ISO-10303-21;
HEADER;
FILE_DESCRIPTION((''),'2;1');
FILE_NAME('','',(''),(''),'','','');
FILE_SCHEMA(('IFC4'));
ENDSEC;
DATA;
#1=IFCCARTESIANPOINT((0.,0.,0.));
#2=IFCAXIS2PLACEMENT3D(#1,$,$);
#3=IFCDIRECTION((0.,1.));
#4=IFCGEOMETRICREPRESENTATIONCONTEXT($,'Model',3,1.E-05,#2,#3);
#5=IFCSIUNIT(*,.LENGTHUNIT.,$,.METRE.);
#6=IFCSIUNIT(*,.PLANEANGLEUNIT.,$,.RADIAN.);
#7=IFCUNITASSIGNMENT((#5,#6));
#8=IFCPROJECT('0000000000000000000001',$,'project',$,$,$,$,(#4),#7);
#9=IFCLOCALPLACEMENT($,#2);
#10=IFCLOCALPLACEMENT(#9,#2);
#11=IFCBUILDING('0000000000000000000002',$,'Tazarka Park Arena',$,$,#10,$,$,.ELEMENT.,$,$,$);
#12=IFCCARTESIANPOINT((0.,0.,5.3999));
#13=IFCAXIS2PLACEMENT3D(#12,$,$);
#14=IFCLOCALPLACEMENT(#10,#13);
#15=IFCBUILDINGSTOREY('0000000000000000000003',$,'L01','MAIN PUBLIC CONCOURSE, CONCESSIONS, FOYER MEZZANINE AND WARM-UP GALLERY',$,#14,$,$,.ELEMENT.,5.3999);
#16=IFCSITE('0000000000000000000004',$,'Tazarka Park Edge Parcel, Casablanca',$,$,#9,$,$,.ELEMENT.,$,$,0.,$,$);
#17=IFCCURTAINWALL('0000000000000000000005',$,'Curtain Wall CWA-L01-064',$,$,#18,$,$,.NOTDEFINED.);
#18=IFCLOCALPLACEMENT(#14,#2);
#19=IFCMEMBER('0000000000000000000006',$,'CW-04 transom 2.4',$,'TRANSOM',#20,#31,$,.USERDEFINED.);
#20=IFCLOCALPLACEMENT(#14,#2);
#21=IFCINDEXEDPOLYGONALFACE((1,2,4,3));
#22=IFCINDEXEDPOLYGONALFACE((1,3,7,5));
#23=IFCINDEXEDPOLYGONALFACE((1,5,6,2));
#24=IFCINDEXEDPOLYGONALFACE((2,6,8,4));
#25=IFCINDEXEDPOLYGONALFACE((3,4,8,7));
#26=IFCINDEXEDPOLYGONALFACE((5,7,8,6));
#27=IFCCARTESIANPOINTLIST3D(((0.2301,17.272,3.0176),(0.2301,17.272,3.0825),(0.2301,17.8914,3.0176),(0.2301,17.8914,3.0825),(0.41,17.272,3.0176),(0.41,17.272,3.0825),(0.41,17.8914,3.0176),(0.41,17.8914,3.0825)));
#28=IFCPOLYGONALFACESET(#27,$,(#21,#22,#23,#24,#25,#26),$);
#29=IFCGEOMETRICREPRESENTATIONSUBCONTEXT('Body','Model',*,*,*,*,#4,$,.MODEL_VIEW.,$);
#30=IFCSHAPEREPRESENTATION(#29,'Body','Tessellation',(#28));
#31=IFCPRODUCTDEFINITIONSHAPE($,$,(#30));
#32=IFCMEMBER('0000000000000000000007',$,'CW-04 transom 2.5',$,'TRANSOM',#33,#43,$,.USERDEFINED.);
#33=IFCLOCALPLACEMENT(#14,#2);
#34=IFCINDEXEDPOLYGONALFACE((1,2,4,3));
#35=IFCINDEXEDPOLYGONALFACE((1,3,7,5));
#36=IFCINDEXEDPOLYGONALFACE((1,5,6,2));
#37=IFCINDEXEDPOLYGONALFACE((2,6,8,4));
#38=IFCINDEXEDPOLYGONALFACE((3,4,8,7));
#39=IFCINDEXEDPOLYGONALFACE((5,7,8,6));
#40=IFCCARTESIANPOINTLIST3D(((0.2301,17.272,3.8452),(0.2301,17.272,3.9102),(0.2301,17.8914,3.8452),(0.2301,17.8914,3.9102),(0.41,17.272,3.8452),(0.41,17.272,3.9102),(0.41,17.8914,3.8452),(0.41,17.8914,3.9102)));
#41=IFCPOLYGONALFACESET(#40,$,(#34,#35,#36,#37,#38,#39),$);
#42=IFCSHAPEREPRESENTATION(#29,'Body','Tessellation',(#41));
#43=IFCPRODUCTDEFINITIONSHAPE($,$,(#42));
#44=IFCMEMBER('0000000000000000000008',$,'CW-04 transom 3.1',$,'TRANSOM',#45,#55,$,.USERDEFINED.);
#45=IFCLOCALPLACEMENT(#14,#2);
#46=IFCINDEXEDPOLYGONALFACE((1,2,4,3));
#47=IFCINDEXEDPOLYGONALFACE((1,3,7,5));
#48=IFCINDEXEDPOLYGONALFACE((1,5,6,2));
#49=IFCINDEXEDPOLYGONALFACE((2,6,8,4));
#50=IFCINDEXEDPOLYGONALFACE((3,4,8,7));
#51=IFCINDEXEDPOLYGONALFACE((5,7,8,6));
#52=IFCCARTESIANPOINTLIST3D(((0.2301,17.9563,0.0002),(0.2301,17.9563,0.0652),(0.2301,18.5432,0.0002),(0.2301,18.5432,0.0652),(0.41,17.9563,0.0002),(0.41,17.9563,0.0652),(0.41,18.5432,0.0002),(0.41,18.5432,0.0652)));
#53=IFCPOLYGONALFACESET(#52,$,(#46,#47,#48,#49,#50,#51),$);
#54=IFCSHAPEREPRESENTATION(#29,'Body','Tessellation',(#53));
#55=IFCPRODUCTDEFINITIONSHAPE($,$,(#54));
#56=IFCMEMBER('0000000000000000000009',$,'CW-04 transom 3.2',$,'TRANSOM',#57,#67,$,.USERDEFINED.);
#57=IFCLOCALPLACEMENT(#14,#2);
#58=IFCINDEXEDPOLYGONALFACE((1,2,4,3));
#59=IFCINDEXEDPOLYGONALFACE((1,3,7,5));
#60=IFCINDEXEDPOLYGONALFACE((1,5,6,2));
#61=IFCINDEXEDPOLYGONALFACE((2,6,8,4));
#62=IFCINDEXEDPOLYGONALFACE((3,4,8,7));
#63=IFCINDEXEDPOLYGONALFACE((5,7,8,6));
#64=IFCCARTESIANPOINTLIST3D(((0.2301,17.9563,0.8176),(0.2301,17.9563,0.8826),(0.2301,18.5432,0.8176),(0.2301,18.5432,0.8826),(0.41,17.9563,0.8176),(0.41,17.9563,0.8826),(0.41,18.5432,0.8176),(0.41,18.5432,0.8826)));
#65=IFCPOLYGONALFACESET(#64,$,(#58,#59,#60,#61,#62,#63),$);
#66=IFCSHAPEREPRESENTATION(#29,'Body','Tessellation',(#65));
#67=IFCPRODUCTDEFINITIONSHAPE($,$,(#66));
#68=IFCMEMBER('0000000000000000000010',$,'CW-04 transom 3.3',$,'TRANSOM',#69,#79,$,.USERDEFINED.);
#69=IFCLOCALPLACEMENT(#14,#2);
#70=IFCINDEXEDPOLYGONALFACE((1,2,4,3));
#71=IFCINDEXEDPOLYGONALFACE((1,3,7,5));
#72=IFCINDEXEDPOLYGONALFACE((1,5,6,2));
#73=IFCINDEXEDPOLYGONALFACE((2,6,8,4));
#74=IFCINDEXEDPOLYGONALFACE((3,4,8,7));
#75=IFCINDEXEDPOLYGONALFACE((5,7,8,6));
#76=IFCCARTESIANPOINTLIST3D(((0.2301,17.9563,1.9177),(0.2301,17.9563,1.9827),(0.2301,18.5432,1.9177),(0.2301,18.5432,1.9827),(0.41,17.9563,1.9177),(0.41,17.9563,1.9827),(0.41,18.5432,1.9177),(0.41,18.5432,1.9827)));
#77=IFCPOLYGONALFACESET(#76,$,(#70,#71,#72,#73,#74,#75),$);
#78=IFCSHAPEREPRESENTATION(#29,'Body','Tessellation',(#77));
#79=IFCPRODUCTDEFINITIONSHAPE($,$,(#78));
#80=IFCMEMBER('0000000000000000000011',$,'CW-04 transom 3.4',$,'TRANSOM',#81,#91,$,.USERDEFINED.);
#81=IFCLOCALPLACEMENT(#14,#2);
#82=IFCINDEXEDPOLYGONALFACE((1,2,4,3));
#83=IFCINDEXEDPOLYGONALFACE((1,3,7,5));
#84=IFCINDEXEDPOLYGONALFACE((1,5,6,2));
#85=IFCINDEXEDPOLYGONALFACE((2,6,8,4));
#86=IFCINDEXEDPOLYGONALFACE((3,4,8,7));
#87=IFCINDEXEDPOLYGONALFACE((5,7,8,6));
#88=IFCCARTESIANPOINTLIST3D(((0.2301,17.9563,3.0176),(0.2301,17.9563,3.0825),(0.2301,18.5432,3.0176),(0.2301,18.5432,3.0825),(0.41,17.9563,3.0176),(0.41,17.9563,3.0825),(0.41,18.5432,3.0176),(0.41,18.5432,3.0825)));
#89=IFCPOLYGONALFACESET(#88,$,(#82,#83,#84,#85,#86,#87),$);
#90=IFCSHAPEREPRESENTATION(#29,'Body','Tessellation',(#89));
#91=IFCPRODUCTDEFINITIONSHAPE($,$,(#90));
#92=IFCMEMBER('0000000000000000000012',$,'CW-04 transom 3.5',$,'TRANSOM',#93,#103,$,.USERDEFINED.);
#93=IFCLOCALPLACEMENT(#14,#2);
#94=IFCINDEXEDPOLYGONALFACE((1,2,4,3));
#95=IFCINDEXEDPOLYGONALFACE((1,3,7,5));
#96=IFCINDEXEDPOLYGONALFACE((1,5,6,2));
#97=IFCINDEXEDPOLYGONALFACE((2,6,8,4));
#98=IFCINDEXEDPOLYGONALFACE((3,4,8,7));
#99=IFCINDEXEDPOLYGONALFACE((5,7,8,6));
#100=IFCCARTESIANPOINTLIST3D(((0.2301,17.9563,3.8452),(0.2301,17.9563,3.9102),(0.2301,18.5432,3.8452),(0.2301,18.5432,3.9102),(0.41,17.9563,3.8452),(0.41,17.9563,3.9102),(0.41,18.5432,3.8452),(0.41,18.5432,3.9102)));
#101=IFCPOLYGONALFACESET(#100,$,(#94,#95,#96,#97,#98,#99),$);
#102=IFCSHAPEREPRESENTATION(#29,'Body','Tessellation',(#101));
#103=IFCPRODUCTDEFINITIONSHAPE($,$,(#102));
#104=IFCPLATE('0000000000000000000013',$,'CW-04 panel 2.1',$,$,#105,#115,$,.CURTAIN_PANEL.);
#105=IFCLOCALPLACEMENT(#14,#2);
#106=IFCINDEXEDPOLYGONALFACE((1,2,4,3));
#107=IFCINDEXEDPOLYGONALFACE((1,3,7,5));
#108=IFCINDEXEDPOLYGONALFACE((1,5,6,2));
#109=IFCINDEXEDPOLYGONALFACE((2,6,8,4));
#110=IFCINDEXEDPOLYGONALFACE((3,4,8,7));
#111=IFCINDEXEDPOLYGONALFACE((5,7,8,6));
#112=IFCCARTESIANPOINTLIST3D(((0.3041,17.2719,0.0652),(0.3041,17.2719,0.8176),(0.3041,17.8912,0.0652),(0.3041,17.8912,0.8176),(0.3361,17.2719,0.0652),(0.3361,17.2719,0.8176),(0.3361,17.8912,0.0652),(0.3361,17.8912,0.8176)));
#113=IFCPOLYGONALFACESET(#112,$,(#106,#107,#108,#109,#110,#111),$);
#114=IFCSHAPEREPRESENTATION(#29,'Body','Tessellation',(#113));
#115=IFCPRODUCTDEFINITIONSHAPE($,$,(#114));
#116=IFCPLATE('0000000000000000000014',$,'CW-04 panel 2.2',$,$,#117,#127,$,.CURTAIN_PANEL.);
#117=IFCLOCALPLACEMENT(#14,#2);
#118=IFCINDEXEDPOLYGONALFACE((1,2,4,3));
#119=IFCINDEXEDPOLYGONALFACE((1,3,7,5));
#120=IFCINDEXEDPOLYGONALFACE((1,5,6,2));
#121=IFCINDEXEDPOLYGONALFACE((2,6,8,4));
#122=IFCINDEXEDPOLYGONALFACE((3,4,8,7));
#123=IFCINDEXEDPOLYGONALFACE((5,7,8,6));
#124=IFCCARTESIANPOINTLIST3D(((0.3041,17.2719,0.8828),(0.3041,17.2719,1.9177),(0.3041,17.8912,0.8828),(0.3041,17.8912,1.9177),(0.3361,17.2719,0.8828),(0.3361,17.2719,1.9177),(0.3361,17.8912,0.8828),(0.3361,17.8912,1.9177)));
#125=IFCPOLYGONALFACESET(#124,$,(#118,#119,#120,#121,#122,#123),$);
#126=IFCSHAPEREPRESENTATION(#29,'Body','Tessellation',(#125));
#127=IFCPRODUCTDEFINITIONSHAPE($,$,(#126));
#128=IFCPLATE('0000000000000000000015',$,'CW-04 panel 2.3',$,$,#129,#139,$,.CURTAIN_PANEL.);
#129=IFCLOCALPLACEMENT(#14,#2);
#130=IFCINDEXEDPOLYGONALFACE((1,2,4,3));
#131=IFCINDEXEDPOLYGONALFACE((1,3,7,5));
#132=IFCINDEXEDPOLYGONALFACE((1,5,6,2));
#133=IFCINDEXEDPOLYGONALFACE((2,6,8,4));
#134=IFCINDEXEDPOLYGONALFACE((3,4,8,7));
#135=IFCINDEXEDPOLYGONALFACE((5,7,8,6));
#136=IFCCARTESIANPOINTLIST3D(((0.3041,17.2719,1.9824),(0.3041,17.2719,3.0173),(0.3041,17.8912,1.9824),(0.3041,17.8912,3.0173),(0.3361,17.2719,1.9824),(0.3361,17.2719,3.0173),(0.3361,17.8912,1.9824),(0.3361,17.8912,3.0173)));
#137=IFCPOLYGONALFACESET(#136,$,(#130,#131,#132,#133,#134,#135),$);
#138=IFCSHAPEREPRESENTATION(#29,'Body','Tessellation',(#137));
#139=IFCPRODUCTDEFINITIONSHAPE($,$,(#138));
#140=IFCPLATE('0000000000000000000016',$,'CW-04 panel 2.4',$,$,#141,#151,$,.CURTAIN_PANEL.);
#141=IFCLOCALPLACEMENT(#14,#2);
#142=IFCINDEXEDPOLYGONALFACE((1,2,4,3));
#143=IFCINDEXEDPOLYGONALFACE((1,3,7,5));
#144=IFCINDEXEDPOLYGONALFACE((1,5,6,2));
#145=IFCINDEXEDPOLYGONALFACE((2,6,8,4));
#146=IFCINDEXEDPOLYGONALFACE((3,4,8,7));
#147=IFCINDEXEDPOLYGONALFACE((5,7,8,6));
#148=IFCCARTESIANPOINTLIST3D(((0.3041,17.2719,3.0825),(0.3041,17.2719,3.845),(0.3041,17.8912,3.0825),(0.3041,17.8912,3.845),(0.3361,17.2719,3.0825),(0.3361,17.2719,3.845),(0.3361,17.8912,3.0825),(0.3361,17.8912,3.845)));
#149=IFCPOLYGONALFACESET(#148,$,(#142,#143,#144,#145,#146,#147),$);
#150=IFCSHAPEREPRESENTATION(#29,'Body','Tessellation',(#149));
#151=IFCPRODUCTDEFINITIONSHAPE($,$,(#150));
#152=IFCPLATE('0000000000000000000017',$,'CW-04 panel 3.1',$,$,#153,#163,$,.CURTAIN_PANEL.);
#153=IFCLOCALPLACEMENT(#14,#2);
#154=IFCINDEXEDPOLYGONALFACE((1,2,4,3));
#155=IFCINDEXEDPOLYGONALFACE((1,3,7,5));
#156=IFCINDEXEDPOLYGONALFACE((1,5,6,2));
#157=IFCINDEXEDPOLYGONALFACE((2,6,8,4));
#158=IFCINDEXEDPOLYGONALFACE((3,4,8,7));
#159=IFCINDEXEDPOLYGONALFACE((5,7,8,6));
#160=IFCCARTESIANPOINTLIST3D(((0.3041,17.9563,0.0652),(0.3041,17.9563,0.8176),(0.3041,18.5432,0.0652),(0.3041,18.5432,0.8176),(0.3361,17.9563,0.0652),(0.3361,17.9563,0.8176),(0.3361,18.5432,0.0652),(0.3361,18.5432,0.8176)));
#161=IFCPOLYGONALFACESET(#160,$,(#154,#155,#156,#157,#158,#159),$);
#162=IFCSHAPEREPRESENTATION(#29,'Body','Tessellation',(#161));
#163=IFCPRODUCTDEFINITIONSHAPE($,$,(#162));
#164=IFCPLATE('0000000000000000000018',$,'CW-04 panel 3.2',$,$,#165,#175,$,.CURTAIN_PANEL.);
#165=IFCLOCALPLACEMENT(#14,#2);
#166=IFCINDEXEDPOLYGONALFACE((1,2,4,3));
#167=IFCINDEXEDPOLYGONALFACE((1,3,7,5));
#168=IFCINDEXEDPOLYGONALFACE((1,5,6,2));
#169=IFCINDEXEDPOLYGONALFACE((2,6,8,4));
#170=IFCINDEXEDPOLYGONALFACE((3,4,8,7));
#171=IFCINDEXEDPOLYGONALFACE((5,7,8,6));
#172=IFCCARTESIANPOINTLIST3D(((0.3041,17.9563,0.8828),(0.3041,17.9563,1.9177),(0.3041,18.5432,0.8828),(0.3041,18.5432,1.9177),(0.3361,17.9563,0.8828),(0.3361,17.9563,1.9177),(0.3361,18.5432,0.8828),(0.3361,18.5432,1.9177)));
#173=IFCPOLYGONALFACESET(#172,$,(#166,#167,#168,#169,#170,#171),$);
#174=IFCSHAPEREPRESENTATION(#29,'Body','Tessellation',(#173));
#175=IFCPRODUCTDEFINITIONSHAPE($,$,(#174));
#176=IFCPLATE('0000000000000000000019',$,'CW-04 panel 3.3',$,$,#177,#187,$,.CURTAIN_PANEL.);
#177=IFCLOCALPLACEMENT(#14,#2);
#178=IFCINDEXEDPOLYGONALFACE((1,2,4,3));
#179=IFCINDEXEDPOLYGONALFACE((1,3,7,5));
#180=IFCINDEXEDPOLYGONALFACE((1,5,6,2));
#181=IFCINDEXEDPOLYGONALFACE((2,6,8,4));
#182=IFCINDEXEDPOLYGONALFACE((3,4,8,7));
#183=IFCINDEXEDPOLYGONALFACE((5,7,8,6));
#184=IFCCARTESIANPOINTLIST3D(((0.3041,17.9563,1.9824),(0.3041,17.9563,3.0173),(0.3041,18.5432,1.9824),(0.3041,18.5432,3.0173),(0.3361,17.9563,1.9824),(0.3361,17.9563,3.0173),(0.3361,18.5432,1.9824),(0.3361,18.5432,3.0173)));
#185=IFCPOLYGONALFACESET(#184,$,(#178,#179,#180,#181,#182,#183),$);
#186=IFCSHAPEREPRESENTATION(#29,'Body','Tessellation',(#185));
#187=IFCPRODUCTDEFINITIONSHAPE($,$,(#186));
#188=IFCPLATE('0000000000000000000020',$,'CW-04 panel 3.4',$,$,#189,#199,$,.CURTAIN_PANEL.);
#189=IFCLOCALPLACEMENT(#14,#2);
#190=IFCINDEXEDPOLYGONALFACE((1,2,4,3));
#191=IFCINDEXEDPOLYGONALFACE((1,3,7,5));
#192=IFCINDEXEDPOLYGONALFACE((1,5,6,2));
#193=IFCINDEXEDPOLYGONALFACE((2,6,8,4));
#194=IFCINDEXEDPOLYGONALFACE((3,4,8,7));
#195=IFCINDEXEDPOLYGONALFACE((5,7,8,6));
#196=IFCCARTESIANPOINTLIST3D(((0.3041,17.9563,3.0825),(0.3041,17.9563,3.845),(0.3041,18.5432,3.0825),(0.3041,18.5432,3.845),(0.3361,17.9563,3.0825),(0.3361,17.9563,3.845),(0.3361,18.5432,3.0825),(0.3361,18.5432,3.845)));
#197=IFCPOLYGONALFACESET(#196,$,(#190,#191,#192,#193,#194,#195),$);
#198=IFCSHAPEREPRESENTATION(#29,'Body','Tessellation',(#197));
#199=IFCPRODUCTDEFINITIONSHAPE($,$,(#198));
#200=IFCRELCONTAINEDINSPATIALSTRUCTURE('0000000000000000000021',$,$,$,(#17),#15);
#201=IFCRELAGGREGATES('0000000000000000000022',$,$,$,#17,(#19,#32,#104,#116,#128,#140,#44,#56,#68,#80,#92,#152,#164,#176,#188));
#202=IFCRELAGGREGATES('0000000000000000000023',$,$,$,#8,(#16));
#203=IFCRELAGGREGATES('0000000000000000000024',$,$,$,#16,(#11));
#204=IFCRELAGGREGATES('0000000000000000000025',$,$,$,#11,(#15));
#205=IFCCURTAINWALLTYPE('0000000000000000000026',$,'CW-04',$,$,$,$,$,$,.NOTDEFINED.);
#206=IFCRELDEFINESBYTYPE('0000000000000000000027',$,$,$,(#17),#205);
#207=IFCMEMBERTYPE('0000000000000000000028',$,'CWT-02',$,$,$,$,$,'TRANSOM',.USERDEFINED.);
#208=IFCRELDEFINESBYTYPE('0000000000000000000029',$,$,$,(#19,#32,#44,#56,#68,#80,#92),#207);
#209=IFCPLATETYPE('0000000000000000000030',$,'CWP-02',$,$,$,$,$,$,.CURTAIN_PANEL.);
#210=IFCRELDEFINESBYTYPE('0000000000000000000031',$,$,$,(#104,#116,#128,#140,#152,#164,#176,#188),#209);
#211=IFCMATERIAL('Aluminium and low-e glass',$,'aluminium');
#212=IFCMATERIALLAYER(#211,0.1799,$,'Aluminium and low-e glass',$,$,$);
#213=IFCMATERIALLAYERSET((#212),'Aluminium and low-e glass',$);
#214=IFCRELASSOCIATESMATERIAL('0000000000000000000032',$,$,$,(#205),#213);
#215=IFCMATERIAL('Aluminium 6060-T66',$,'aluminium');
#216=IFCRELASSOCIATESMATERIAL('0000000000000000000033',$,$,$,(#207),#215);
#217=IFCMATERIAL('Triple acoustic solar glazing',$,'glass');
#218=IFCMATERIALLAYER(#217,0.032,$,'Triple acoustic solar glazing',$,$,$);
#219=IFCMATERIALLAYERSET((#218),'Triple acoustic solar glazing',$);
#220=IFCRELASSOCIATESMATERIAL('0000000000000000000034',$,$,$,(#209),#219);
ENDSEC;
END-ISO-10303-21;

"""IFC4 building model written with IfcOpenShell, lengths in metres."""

from ifc_helpers import new_model, si_unit, direction, frame, origin, origin_2d, place, context, subcontext, project, spatial, rectangle, extrude, material, layer, layer_set, material_profile, profile_set, type_object, element, aggregate, save


model = new_model("IFC4")

# Units and contexts
model_context = context("Model", 3, precision=1e-05, world=origin(), true_north=direction((0.0, 1.0)))
body_context = subcontext(model_context, "Body", "Model", "MODEL_VIEW")
ifc_project = project(units=[si_unit("LENGTHUNIT", "METRE"), si_unit("PLANEANGLEUNIT", "RADIAN")], contexts=[model_context])

# Site, building, storey
site_placement = place(None, origin())
site = spatial("IfcSite", under=ifc_project, at=site_placement, Name="Tazarka Park Edge Parcel, Casablanca", CompositionType="ELEMENT", RefElevation=0.0)
building_placement = place(site_placement, origin())
building = spatial("IfcBuilding", under=site, at=building_placement, Name="Tazarka Park Arena", CompositionType="ELEMENT")
storey_placement = place(building_placement, frame((0.0, 0.0, 5.3999)))
storey = spatial("IfcBuildingStorey", under=building, at=storey_placement, Name="L01", Description="MAIN PUBLIC CONCOURSE, CONCESSIONS, FOYER MEZZANINE AND WARM-UP GALLERY", CompositionType="ELEMENT", Elevation=5.3999)

# Curtain wall, members, plates
ifc_material_1 = material(Name="Aluminium and low-e glass", Category="aluminium")
ifc_layer_1 = layer(ifc_material_1, 0.1799, Name="Aluminium and low-e glass")
ifc_layer_set_1 = layer_set([ifc_layer_1], Name="Aluminium and low-e glass")
curtain_wall_type = type_object("IfcCurtainWallType", Name="CW-04", PredefinedType="NOTDEFINED", material=ifc_layer_set_1)
curtain_wall_placement = place(storey_placement, origin())
curtain_wall = element("IfcCurtainWall", 1, at=curtain_wall_placement, inside=storey, type_object=curtain_wall_type, Name="Curtain Wall CWA-L01-064", PredefinedType="NOTDEFINED")
ifc_material_2 = material(Name="Aluminium 6060-T66", Category="aluminium")
ifc_material_profile_1 = material_profile(ifc_material_2, rectangle(XDim=0.1799, YDim=0.0649, at=origin_2d()), Name="Aluminium 6060-T66")
ifc_profile_set_1 = profile_set([ifc_material_profile_1], Name="Aluminium 6060-T66")
member_type_1 = type_object("IfcMemberType", Name="CWT-02", ElementType="TRANSOM", PredefinedType="USERDEFINED", material=ifc_profile_set_1)
member_1_placement = place(storey_placement, frame((0.3201, 17.272, 3.05), z_axis=(0.0, 1.0, 0.0), x_axis=(-1.0, 0.0, 0.0)))
member_1 = element("IfcMember", 2, at=member_1_placement, type_object=member_type_1, Name="CW-04 transom 2.4", ObjectType="TRANSOM", PredefinedType="USERDEFINED", context=body_context, shape_type="SweptSolid", body=[
    extrude(rectangle(XDim=0.1799, YDim=0.0649, at=origin_2d()), origin(), (0.0, 0.0, 1.0), 0.6194),
])
member_2_placement = place(storey_placement, frame((0.3201, 17.272, 3.8777), z_axis=(0.0, 1.0, 0.0), x_axis=(-1.0, 0.0, 0.0)))
member_2 = element("IfcMember", 3, at=member_2_placement, type_object=member_type_1, Name="CW-04 transom 2.5", ObjectType="TRANSOM", PredefinedType="USERDEFINED", context=body_context, shape_type="SweptSolid", body=[
    extrude(rectangle(XDim=0.1799, YDim=0.0649, at=origin_2d()), origin(), (0.0, 0.0, 1.0), 0.6194),
])
member_3_placement = place(storey_placement, frame((0.3201, 17.9563, 0.0327), z_axis=(0.0, 1.0, 0.0), x_axis=(-1.0, 0.0, 0.0)))
member_3 = element("IfcMember", 4, at=member_3_placement, type_object=member_type_1, Name="CW-04 transom 3.1", ObjectType="TRANSOM", PredefinedType="USERDEFINED", context=body_context, shape_type="SweptSolid", body=[
    extrude(rectangle(XDim=0.1799, YDim=0.0649, at=origin_2d()), origin(), (0.0, 0.0, 1.0), 0.5869),
])
member_4_placement = place(storey_placement, frame((0.3201, 17.9563, 0.8501), z_axis=(0.0, 1.0, 0.0), x_axis=(-1.0, 0.0, 0.0)))
member_4 = element("IfcMember", 5, at=member_4_placement, type_object=member_type_1, Name="CW-04 transom 3.2", ObjectType="TRANSOM", PredefinedType="USERDEFINED", context=body_context, shape_type="SweptSolid", body=[
    extrude(rectangle(XDim=0.1799, YDim=0.0649, at=origin_2d()), origin(), (0.0, 0.0, 1.0), 0.5869),
])
member_5_placement = place(storey_placement, frame((0.3201, 17.9563, 1.9502), z_axis=(0.0, 1.0, 0.0), x_axis=(-1.0, 0.0, 0.0)))
member_5 = element("IfcMember", 6, at=member_5_placement, type_object=member_type_1, Name="CW-04 transom 3.3", ObjectType="TRANSOM", PredefinedType="USERDEFINED", context=body_context, shape_type="SweptSolid", body=[
    extrude(rectangle(XDim=0.1799, YDim=0.0649, at=origin_2d()), origin(), (0.0, 0.0, 1.0), 0.5869),
])
member_6_placement = place(storey_placement, frame((0.3201, 17.9563, 3.05), z_axis=(0.0, 1.0, 0.0), x_axis=(-1.0, 0.0, 0.0)))
member_6 = element("IfcMember", 7, at=member_6_placement, type_object=member_type_1, Name="CW-04 transom 3.4", ObjectType="TRANSOM", PredefinedType="USERDEFINED", context=body_context, shape_type="SweptSolid", body=[
    extrude(rectangle(XDim=0.1799, YDim=0.0649, at=origin_2d()), origin(), (0.0, 0.0, 1.0), 0.5869),
])
member_7_placement = place(storey_placement, frame((0.3201, 17.9563, 3.8777), z_axis=(0.0, 1.0, 0.0), x_axis=(-1.0, 0.0, 0.0)))
member_7 = element("IfcMember", 8, at=member_7_placement, type_object=member_type_1, Name="CW-04 transom 3.5", ObjectType="TRANSOM", PredefinedType="USERDEFINED", context=body_context, shape_type="SweptSolid", body=[
    extrude(rectangle(XDim=0.1799, YDim=0.0649, at=origin_2d()), origin(), (0.0, 0.0, 1.0), 0.5869),
])
ifc_material_3 = material(Name="Triple acoustic solar glazing", Category="glass")
ifc_layer_2 = layer(ifc_material_3, 0.032, Name="Triple acoustic solar glazing")
ifc_layer_set_2 = layer_set([ifc_layer_2], Name="Triple acoustic solar glazing")
plate_type = type_object("IfcPlateType", Name="CWP-02", PredefinedType="CURTAIN_PANEL", material=ifc_layer_set_2)
plate_1_placement = place(storey_placement, frame((0.3201, 17.5815, 0.0652), z_axis=(0.0, 0.0, 1.0), x_axis=(0.0, 1.0, 0.0)))
plate_1 = element("IfcPlate", 9, at=plate_1_placement, type_object=plate_type, Name="CW-04 panel 2.1", PredefinedType="CURTAIN_PANEL", context=body_context, shape_type="SweptSolid", body=[
    extrude(rectangle(XDim=0.6194, YDim=0.032, at=origin_2d()), origin(), (0.0, 0.0, 1.0), 0.7524),
])
plate_2_placement = place(storey_placement, frame((0.3201, 17.5815, 0.8828), z_axis=(0.0, 0.0, 1.0), x_axis=(0.0, 1.0, 0.0)))
plate_2 = element("IfcPlate", 10, at=plate_2_placement, type_object=plate_type, Name="CW-04 panel 2.2", PredefinedType="CURTAIN_PANEL", context=body_context, shape_type="SweptSolid", body=[
    extrude(rectangle(XDim=0.6194, YDim=0.032, at=origin_2d()), origin(), (0.0, 0.0, 1.0), 1.0349),
])
plate_3_placement = place(storey_placement, frame((0.3201, 17.5815, 1.9824), z_axis=(0.0, 0.0, 1.0), x_axis=(0.0, 1.0, 0.0)))
plate_3 = element("IfcPlate", 11, at=plate_3_placement, type_object=plate_type, Name="CW-04 panel 2.3", PredefinedType="CURTAIN_PANEL", context=body_context, shape_type="SweptSolid", body=[
    extrude(rectangle(XDim=0.6194, YDim=0.032, at=origin_2d()), origin(), (0.0, 0.0, 1.0), 1.0349),
])
plate_4_placement = place(storey_placement, frame((0.3201, 17.5815, 3.0825), z_axis=(0.0, 0.0, 1.0), x_axis=(0.0, 1.0, 0.0)))
plate_4 = element("IfcPlate", 12, at=plate_4_placement, type_object=plate_type, Name="CW-04 panel 2.4", PredefinedType="CURTAIN_PANEL", context=body_context, shape_type="SweptSolid", body=[
    extrude(rectangle(XDim=0.6194, YDim=0.032, at=origin_2d()), origin(), (0.0, 0.0, 1.0), 0.7625),
])
plate_5_placement = place(storey_placement, frame((0.3201, 18.2498, 0.0652), z_axis=(0.0, 0.0, 1.0), x_axis=(0.0, 1.0, 0.0)))
plate_5 = element("IfcPlate", 13, at=plate_5_placement, type_object=plate_type, Name="CW-04 panel 3.1", PredefinedType="CURTAIN_PANEL", context=body_context, shape_type="SweptSolid", body=[
    extrude(rectangle(XDim=0.5869, YDim=0.032, at=origin_2d()), origin(), (0.0, 0.0, 1.0), 0.7524),
])
plate_6_placement = place(storey_placement, frame((0.3201, 18.2498, 0.8828), z_axis=(0.0, 0.0, 1.0), x_axis=(0.0, 1.0, 0.0)))
plate_6 = element("IfcPlate", 14, at=plate_6_placement, type_object=plate_type, Name="CW-04 panel 3.2", PredefinedType="CURTAIN_PANEL", context=body_context, shape_type="SweptSolid", body=[
    extrude(rectangle(XDim=0.5869, YDim=0.032, at=origin_2d()), origin(), (0.0, 0.0, 1.0), 1.0349),
])
plate_7_placement = place(storey_placement, frame((0.3201, 18.2498, 1.9824), z_axis=(0.0, 0.0, 1.0), x_axis=(0.0, 1.0, 0.0)))
plate_7 = element("IfcPlate", 15, at=plate_7_placement, type_object=plate_type, Name="CW-04 panel 3.3", PredefinedType="CURTAIN_PANEL", context=body_context, shape_type="SweptSolid", body=[
    extrude(rectangle(XDim=0.5869, YDim=0.032, at=origin_2d()), origin(), (0.0, 0.0, 1.0), 1.0349),
])
plate_8_placement = place(storey_placement, frame((0.3201, 18.2498, 3.0825), z_axis=(0.0, 0.0, 1.0), x_axis=(0.0, 1.0, 0.0)))
plate_8 = element("IfcPlate", 16, at=plate_8_placement, type_object=plate_type, Name="CW-04 panel 3.4", PredefinedType="CURTAIN_PANEL", context=body_context, shape_type="SweptSolid", body=[
    extrude(rectangle(XDim=0.5869, YDim=0.032, at=origin_2d()), origin(), (0.0, 0.0, 1.0), 0.7625),
])
aggregate(curtain_wall, [member_1, member_2, plate_1, plate_2, plate_3, plate_4, member_3, member_4, member_5, member_6, member_7, plate_5, plate_6, plate_7, plate_8])

save(model, "model.ifc")
